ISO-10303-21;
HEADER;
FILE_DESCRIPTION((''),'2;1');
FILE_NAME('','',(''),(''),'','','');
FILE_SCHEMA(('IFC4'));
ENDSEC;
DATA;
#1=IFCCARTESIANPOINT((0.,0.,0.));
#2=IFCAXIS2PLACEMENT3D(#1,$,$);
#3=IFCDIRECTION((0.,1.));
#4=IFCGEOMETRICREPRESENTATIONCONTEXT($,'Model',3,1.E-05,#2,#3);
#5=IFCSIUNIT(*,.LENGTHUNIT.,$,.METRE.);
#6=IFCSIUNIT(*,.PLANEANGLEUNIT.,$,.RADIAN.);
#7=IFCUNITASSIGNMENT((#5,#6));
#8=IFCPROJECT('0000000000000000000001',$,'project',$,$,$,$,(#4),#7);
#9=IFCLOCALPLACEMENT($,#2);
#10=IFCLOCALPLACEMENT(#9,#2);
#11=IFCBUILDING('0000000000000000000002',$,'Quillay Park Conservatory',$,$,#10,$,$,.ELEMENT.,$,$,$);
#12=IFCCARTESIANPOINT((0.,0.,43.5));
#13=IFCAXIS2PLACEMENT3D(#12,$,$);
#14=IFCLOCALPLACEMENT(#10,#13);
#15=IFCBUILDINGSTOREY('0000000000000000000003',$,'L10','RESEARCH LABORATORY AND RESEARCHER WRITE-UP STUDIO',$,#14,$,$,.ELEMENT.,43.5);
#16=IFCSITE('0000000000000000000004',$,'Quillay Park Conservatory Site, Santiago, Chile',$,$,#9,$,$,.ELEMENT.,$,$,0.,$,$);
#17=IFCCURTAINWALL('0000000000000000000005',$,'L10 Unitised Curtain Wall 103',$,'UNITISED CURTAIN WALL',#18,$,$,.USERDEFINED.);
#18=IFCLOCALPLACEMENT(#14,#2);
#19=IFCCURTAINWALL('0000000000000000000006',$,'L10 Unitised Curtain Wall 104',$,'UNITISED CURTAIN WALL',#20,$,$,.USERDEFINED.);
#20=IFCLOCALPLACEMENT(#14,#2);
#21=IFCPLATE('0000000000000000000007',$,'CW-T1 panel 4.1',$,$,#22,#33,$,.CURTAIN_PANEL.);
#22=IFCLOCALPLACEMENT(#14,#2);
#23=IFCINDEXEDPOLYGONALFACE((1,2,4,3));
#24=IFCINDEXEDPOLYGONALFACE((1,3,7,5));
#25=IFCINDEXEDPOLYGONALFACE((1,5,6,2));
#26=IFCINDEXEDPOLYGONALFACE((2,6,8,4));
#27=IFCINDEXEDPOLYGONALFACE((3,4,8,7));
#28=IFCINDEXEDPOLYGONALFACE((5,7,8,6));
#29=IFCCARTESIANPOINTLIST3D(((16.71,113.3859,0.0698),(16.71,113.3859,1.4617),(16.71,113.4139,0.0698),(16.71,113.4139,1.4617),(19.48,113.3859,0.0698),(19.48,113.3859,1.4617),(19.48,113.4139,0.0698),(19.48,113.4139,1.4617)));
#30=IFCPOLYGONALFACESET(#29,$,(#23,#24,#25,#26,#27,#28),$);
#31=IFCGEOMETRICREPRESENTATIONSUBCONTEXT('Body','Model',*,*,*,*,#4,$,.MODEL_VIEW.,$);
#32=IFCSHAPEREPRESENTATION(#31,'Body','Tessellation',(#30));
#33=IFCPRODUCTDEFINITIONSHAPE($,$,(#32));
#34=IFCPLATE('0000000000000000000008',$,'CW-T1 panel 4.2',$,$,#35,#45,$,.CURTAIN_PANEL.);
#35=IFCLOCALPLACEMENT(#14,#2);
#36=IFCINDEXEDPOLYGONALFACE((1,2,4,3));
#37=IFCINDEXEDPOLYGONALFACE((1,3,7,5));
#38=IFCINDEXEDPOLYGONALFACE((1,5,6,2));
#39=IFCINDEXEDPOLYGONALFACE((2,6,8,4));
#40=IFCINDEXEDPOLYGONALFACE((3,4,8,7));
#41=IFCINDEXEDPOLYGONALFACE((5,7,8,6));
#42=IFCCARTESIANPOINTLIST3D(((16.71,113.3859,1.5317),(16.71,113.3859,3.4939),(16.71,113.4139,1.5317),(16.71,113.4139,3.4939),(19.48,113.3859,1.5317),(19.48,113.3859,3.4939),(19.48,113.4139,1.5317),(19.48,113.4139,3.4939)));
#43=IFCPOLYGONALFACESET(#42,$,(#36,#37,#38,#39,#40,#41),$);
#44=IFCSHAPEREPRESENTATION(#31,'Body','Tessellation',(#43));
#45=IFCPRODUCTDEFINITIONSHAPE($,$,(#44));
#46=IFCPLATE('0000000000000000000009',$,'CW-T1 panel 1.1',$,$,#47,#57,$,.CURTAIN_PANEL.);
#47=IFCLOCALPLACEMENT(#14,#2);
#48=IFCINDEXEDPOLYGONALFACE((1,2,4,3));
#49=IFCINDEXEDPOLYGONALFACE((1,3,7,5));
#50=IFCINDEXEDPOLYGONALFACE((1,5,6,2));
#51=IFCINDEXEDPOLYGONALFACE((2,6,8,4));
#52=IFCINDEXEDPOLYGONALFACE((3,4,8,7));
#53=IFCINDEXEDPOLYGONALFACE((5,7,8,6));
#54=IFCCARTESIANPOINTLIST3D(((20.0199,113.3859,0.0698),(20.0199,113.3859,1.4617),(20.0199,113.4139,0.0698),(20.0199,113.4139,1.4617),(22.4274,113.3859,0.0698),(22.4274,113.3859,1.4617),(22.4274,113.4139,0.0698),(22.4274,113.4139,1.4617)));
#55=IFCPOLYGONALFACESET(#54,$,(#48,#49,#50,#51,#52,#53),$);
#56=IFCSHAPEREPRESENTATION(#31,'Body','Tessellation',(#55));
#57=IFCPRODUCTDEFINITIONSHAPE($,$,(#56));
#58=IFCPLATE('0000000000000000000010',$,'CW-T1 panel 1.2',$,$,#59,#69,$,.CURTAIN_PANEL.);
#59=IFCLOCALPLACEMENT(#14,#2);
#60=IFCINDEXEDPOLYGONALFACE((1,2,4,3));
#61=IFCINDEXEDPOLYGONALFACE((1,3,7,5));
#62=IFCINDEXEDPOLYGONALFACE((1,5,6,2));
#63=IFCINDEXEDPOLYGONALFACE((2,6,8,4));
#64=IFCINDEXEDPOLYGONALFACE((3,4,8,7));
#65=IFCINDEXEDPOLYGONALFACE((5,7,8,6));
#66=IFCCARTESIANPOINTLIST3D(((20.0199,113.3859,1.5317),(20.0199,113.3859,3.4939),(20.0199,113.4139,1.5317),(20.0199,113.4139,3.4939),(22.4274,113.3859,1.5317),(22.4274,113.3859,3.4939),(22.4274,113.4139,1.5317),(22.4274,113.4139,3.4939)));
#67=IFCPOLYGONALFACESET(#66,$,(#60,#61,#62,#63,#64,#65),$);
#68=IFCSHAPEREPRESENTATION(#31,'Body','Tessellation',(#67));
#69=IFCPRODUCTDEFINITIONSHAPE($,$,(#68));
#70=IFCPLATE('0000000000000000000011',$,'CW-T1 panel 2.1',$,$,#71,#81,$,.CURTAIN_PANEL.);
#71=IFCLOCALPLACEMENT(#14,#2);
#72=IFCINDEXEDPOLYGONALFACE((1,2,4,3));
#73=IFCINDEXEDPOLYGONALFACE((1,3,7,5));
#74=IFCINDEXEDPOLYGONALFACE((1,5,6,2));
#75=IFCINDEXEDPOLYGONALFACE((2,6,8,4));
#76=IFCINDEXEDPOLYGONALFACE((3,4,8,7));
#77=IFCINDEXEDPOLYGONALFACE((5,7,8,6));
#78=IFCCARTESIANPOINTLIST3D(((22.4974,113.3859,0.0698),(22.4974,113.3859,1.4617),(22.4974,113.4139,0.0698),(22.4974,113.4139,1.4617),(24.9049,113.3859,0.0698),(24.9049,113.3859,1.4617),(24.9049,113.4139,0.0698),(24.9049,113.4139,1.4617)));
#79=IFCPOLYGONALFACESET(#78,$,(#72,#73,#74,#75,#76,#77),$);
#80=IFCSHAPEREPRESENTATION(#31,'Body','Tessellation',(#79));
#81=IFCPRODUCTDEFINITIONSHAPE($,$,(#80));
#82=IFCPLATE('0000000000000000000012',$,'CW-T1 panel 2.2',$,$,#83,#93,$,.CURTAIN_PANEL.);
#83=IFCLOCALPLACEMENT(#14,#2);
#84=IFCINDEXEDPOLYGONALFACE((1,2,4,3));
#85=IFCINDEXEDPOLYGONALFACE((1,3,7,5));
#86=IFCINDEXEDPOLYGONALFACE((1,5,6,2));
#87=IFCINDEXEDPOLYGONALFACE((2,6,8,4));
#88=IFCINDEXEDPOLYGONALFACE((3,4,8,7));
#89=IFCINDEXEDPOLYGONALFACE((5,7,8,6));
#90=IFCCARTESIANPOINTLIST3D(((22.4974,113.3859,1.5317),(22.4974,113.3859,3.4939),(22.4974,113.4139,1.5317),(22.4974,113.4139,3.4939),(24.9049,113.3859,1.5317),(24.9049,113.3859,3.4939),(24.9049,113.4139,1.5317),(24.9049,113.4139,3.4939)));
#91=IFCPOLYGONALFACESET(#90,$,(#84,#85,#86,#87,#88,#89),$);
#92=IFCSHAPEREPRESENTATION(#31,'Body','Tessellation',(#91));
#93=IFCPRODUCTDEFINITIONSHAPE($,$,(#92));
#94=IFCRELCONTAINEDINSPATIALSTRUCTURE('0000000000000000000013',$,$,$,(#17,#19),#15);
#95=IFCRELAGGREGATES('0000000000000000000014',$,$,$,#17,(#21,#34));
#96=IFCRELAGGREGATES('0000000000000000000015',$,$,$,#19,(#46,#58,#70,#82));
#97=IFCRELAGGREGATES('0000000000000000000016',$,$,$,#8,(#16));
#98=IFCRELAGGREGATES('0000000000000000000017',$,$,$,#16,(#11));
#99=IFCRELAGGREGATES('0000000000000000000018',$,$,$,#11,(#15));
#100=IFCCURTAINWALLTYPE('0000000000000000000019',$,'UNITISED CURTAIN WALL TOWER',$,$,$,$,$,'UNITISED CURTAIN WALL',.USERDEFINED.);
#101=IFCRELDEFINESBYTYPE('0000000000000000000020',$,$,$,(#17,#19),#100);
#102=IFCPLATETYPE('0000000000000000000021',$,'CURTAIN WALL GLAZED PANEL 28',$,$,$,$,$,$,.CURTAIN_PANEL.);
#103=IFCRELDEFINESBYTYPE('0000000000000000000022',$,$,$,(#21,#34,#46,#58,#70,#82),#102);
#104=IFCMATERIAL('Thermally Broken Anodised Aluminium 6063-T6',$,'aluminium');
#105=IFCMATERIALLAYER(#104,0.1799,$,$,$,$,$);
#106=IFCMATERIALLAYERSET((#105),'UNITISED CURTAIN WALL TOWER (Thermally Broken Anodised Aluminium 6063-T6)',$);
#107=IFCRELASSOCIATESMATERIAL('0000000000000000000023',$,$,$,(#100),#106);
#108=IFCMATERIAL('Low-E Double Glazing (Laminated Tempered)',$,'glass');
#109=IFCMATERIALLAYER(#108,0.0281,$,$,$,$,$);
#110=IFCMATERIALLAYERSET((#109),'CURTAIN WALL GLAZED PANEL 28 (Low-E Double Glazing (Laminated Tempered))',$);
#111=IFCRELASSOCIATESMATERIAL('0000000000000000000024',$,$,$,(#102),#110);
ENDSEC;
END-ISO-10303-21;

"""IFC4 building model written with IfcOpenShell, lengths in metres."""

from ifc_helpers import new_model, si_unit, direction, frame, origin, origin_2d, place, context, subcontext, project, spatial, rectangle, extrude, material, layer, layer_set, type_object, element, aggregate, save


model = new_model("IFC4")

# Units and contexts
model_context = context("Model", 3, precision=1e-05, world=origin(), true_north=direction((0.0, 1.0)))
body_context = subcontext(model_context, "Body", "Model", "MODEL_VIEW")
ifc_project = project(units=[si_unit("LENGTHUNIT", "METRE"), si_unit("PLANEANGLEUNIT", "RADIAN")], contexts=[model_context])

# Site, building, storey
site_placement = place(None, origin())
site = spatial("IfcSite", under=ifc_project, at=site_placement, Name="Quillay Park Conservatory Site, Santiago, Chile", CompositionType="ELEMENT", RefElevation=0.0)
building_placement = place(site_placement, origin())
building = spatial("IfcBuilding", under=site, at=building_placement, Name="Quillay Park Conservatory", CompositionType="ELEMENT")
storey_placement = place(building_placement, frame((0.0, 0.0, 43.5)))
storey = spatial("IfcBuildingStorey", under=building, at=storey_placement, Name="L10", Description="RESEARCH LABORATORY AND RESEARCHER WRITE-UP STUDIO", CompositionType="ELEMENT", Elevation=43.5)

# Curtain wall
ifc_material_1 = material(Name="Thermally Broken Anodised Aluminium 6063-T6", Category="aluminium")
ifc_layer_1 = layer(ifc_material_1, 0.1799)
ifc_layer_set_1 = layer_set([ifc_layer_1], Name="UNITISED CURTAIN WALL TOWER (Thermally Broken Anodised Aluminium 6063-T6)")
curtain_wall_type = type_object("IfcCurtainWallType", Name="UNITISED CURTAIN WALL TOWER", ElementType="UNITISED CURTAIN WALL", PredefinedType="USERDEFINED", material=ifc_layer_set_1)
curtain_wall_1_placement = place(storey_placement, origin())
curtain_wall_1 = element("IfcCurtainWall", 1, at=curtain_wall_1_placement, inside=storey, type_object=curtain_wall_type, Name="L10 Unitised Curtain Wall 103", ObjectType="UNITISED CURTAIN WALL", PredefinedType="USERDEFINED")

# Curtain wall
curtain_wall_2_placement = place(storey_placement, origin())
curtain_wall_2 = element("IfcCurtainWall", 2, at=curtain_wall_2_placement, inside=storey, type_object=curtain_wall_type, Name="L10 Unitised Curtain Wall 104", ObjectType="UNITISED CURTAIN WALL", PredefinedType="USERDEFINED")

# Plates
ifc_material_2 = material(Name="Low-E Double Glazing (Laminated Tempered)", Category="glass")
ifc_layer_2 = layer(ifc_material_2, 0.0281)
ifc_layer_set_2 = layer_set([ifc_layer_2], Name="CURTAIN WALL GLAZED PANEL 28 (Low-E Double Glazing (Laminated Tempered))")
plate_type = type_object("IfcPlateType", Name="CURTAIN WALL GLAZED PANEL 28", PredefinedType="CURTAIN_PANEL", material=ifc_layer_set_2)
plate_1_placement = place(storey_placement, frame((18.095, 113.3999, 0.0698), z_axis=(0.0, 0.0, 1.0), x_axis=(1.0, 0.0, 0.0)))
plate_1 = element("IfcPlate", 3, at=plate_1_placement, type_object=plate_type, Name="CW-T1 panel 4.1", PredefinedType="CURTAIN_PANEL", context=body_context, shape_type="SweptSolid", body=[
    extrude(rectangle(XDim=2.77, YDim=0.0281, at=origin_2d()), origin(), (0.0, 0.0, 1.0), 1.3918),
])
plate_2_placement = place(storey_placement, frame((18.095, 113.3999, 1.5317), z_axis=(0.0, 0.0, 1.0), x_axis=(1.0, 0.0, 0.0)))
plate_2 = element("IfcPlate", 4, at=plate_2_placement, type_object=plate_type, Name="CW-T1 panel 4.2", PredefinedType="CURTAIN_PANEL", context=body_context, shape_type="SweptSolid", body=[
    extrude(rectangle(XDim=2.77, YDim=0.0281, at=origin_2d()), origin(), (0.0, 0.0, 1.0), 1.9622),
])
aggregate(curtain_wall_1, [plate_1, plate_2])
plate_3_placement = place(storey_placement, frame((21.2236, 113.3999, 0.0698), z_axis=(0.0, 0.0, 1.0), x_axis=(1.0, 0.0, 0.0)))
plate_3 = element("IfcPlate", 5, at=plate_3_placement, type_object=plate_type, Name="CW-T1 panel 1.1", PredefinedType="CURTAIN_PANEL", context=body_context, shape_type="SweptSolid", body=[
    extrude(rectangle(XDim=2.4075, YDim=0.0281, at=origin_2d()), origin(), (0.0, 0.0, 1.0), 1.3918),
])
plate_4_placement = place(storey_placement, frame((21.2236, 113.3999, 1.5317), z_axis=(0.0, 0.0, 1.0), x_axis=(1.0, 0.0, 0.0)))
plate_4 = element("IfcPlate", 6, at=plate_4_placement, type_object=plate_type, Name="CW-T1 panel 1.2", PredefinedType="CURTAIN_PANEL", context=body_context, shape_type="SweptSolid", body=[
    extrude(rectangle(XDim=2.4075, YDim=0.0281, at=origin_2d()), origin(), (0.0, 0.0, 1.0), 1.9622),
])
plate_5_placement = place(storey_placement, frame((23.7012, 113.3999, 0.0698), z_axis=(0.0, 0.0, 1.0), x_axis=(1.0, 0.0, 0.0)))
plate_5 = element("IfcPlate", 7, at=plate_5_placement, type_object=plate_type, Name="CW-T1 panel 2.1", PredefinedType="CURTAIN_PANEL", context=body_context, shape_type="SweptSolid", body=[
    extrude(rectangle(XDim=2.4075, YDim=0.0281, at=origin_2d()), origin(), (0.0, 0.0, 1.0), 1.3918),
])
plate_6_placement = place(storey_placement, frame((23.7012, 113.3999, 1.5317), z_axis=(0.0, 0.0, 1.0), x_axis=(1.0, 0.0, 0.0)))
plate_6 = element("IfcPlate", 8, at=plate_6_placement, type_object=plate_type, Name="CW-T1 panel 2.2", PredefinedType="CURTAIN_PANEL", context=body_context, shape_type="SweptSolid", body=[
    extrude(rectangle(XDim=2.4075, YDim=0.0281, at=origin_2d()), origin(), (0.0, 0.0, 1.0), 1.9622),
])
aggregate(curtain_wall_2, [plate_3, plate_4, plate_5, plate_6])

save(model, "model.ifc")
